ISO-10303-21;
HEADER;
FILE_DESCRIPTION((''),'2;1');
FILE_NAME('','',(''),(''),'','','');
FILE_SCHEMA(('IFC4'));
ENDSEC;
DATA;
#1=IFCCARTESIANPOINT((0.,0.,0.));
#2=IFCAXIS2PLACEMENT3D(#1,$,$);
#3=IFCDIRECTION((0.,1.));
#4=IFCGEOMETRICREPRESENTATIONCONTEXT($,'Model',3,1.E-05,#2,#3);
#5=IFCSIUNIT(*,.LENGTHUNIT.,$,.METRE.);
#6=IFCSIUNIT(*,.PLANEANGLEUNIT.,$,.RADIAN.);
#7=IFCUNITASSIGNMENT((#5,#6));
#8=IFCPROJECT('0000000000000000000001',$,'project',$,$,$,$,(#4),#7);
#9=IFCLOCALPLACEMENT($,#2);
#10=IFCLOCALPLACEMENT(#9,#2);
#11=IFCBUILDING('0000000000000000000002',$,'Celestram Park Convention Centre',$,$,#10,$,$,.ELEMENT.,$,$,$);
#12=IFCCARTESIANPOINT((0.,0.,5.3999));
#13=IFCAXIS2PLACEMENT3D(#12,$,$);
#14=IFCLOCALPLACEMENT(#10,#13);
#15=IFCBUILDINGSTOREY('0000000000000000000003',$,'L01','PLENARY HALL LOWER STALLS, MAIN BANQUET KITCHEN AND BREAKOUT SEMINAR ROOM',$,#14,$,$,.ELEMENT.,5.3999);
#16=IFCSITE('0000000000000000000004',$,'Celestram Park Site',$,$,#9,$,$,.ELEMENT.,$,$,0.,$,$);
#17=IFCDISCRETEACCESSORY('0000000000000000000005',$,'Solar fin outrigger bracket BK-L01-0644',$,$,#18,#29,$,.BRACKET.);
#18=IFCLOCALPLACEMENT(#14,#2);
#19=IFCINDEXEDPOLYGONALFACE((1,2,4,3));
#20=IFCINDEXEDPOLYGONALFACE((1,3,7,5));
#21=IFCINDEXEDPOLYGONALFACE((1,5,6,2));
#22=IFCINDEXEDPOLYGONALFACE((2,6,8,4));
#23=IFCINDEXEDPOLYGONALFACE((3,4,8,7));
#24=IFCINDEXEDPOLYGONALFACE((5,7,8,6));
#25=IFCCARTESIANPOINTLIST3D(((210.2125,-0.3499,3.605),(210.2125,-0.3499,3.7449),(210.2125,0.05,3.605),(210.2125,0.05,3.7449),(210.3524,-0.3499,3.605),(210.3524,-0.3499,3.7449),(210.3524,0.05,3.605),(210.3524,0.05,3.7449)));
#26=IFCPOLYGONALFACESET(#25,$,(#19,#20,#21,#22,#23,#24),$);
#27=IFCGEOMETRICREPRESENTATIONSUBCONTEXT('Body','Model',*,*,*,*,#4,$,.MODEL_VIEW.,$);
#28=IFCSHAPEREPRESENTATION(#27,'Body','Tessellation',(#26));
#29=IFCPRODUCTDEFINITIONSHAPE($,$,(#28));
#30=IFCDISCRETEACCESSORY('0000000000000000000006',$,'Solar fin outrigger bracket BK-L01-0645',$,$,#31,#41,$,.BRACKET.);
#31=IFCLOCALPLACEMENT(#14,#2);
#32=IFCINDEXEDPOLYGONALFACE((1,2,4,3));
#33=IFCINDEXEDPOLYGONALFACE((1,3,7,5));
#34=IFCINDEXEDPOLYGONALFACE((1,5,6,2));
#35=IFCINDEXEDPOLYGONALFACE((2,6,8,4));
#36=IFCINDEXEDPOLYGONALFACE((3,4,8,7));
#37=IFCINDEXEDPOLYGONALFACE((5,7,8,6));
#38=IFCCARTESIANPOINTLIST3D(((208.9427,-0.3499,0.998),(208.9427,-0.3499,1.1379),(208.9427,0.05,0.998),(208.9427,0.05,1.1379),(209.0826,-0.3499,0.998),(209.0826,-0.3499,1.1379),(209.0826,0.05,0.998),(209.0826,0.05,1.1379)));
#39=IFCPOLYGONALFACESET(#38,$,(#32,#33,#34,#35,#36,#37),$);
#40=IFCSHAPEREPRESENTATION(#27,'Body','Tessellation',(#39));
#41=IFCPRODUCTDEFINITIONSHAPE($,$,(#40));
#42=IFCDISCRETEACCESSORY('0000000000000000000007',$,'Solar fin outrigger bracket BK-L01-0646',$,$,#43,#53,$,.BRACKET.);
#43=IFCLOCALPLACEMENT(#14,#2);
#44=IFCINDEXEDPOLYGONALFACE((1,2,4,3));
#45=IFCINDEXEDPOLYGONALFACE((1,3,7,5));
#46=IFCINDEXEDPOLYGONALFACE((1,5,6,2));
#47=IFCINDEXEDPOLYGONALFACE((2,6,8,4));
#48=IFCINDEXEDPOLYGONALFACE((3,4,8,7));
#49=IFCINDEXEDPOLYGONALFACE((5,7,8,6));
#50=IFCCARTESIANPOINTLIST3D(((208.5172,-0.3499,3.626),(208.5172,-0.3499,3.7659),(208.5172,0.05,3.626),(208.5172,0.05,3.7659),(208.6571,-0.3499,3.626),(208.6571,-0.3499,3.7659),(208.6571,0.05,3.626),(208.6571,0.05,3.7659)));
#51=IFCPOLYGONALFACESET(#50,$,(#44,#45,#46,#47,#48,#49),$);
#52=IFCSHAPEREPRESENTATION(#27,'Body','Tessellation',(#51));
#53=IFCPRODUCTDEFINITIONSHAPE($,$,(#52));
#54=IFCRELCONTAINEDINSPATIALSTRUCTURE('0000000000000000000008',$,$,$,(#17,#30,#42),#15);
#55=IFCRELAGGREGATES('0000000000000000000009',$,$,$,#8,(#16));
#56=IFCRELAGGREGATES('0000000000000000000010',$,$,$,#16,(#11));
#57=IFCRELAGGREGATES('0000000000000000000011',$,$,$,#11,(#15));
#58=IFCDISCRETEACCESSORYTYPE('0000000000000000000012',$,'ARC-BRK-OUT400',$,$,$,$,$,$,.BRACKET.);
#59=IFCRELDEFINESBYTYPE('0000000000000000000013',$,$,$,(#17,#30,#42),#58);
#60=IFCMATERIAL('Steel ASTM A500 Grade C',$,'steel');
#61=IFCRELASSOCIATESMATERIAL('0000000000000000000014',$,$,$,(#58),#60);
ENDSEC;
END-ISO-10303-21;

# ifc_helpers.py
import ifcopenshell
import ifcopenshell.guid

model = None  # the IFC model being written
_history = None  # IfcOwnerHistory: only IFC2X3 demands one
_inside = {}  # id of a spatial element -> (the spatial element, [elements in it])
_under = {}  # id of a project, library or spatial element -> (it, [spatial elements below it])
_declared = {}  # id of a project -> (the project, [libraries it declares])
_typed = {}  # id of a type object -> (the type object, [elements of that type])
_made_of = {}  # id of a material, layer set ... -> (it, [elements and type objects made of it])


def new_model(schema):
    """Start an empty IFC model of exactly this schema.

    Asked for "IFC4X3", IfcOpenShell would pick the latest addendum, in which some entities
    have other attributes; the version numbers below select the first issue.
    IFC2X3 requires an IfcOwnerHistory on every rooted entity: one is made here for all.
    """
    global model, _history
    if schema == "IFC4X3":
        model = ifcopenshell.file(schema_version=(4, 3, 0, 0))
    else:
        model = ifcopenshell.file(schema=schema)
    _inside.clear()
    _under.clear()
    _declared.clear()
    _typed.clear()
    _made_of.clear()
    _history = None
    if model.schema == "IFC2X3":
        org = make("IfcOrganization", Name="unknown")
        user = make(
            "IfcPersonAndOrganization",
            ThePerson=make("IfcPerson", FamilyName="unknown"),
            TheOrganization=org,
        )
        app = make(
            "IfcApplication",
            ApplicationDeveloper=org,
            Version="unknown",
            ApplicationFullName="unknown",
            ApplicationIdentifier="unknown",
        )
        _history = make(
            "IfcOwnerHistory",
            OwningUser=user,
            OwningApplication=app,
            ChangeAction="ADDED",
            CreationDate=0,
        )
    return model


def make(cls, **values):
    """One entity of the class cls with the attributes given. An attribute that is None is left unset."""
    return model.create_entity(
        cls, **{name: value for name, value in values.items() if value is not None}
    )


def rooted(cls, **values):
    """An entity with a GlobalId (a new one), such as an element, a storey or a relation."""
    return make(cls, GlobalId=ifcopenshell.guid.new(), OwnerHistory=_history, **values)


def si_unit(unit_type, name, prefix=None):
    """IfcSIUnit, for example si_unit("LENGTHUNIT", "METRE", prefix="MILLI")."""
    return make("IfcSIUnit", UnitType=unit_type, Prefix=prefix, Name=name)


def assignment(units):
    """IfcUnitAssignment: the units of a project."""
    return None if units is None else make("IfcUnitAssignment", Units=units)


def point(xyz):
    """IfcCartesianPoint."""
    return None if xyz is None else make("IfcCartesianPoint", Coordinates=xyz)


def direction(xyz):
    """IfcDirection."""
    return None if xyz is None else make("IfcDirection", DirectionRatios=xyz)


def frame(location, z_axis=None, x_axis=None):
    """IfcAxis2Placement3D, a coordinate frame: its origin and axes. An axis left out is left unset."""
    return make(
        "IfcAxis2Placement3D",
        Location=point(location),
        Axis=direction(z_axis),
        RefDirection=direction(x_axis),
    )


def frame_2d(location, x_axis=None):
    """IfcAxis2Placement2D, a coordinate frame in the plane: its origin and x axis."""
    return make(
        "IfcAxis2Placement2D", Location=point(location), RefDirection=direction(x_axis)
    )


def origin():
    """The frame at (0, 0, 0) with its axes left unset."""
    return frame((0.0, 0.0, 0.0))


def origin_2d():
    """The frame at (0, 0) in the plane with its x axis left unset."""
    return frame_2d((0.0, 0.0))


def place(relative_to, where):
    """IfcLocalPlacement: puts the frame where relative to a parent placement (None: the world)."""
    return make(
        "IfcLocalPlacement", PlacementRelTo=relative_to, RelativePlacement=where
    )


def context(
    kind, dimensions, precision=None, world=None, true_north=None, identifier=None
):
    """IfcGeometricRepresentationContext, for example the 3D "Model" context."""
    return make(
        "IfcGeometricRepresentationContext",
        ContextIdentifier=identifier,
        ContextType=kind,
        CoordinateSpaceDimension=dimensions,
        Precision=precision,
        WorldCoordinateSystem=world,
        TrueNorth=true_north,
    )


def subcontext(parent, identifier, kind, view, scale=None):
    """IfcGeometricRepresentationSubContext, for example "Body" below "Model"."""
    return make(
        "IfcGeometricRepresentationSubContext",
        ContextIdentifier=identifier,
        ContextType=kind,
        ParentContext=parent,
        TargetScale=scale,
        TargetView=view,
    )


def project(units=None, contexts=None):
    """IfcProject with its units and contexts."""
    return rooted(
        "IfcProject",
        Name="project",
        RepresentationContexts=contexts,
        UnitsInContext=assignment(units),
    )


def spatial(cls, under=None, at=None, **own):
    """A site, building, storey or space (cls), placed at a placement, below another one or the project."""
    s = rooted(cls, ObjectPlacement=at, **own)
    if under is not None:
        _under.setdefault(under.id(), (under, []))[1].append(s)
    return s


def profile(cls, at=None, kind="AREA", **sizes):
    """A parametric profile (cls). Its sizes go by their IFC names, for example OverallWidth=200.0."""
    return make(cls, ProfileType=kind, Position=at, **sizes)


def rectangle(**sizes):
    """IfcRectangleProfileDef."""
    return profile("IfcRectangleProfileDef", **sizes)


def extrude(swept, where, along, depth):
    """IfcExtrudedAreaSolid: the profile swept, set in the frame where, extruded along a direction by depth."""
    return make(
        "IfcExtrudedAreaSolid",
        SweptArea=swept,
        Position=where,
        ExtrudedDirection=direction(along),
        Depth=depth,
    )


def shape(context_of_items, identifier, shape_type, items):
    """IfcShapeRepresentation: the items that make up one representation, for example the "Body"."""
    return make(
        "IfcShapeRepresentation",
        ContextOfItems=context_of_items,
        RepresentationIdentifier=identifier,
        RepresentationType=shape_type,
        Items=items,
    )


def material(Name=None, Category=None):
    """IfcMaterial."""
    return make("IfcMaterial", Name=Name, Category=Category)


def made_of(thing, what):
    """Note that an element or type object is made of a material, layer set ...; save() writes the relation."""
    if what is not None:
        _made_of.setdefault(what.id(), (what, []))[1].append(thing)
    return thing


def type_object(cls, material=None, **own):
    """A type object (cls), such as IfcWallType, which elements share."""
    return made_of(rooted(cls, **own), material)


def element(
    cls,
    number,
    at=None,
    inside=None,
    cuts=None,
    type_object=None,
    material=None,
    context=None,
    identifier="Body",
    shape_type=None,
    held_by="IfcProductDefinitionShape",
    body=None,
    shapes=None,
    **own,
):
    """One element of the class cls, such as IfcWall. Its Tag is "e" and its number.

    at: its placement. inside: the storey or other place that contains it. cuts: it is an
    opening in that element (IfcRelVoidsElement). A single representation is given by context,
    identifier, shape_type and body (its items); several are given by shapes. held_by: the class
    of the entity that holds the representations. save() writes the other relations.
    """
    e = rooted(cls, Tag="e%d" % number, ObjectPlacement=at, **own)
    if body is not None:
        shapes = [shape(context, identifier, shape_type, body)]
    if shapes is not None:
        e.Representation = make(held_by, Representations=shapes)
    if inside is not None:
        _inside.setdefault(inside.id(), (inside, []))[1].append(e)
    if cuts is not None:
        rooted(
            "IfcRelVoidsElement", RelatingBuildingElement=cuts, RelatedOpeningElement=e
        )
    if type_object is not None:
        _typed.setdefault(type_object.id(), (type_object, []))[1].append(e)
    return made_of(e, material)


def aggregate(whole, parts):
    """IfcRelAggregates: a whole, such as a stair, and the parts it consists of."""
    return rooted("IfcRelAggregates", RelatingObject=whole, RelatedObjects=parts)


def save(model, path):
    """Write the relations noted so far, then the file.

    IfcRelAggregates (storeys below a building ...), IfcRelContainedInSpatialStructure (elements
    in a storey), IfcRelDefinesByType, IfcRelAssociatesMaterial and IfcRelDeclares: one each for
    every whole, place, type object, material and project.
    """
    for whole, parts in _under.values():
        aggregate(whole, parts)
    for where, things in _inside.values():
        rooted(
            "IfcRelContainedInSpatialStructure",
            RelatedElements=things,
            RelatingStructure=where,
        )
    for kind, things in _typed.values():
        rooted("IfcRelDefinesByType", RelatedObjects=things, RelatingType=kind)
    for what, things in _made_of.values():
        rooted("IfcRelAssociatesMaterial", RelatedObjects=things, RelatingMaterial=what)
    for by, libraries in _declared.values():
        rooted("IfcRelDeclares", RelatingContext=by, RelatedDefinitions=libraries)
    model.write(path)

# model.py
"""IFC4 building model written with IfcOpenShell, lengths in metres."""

from ifc_helpers import new_model, si_unit, direction, frame, origin, origin_2d, place, context, subcontext, project, spatial, rectangle, extrude, material, type_object, element, save


model = new_model("IFC4")

# Units and contexts
model_context = context("Model", 3, precision=1e-05, world=origin(), true_north=direction((0.0, 1.0)))
body_context = subcontext(model_context, "Body", "Model", "MODEL_VIEW")
ifc_project = project(units=[si_unit("LENGTHUNIT", "METRE"), si_unit("PLANEANGLEUNIT", "RADIAN")], contexts=[model_context])

# Site, building, storey
site_placement = place(None, origin())
site = spatial("IfcSite", under=ifc_project, at=site_placement, Name="Celestram Park Site", CompositionType="ELEMENT", RefElevation=0.0)
building_placement = place(site_placement, origin())
building = spatial("IfcBuilding", under=site, at=building_placement, Name="Celestram Park Convention Centre", CompositionType="ELEMENT")
storey_placement = place(building_placement, frame((0.0, 0.0, 5.3999)))
storey = spatial("IfcBuildingStorey", under=building, at=storey_placement, Name="L01", Description="PLENARY HALL LOWER STALLS, MAIN BANQUET KITCHEN AND BREAKOUT SEMINAR ROOM", CompositionType="ELEMENT", Elevation=5.3999)

# Discrete accessories
ifc_material_1 = material(Name="Steel ASTM A500 Grade C", Category="steel")
discrete_accessory_type = type_object("IfcDiscreteAccessoryType", Name="ARC-BRK-OUT400", PredefinedType="BRACKET", material=ifc_material_1)
for number, where, z_axis, x_axis, name in (
    (1, (210.2825, -0.1499, 3.605), (0.0, 0.0, 1.0), (0.0, -1.0, 0.0), "Solar fin outrigger bracket BK-L01-0644"),
    (2, (209.0127, -0.1499, 0.998), (0.0, 0.0, 1.0), (0.0, -1.0, 0.0), "Solar fin outrigger bracket BK-L01-0645"),
    (3, (208.5872, -0.1499, 3.626), (0.0, 0.0, 1.0), (0.0, -1.0, 0.0), "Solar fin outrigger bracket BK-L01-0646"),
):
    element("IfcDiscreteAccessory", number, at=place(storey_placement, frame(where, z_axis=z_axis, x_axis=x_axis)), inside=storey, type_object=discrete_accessory_type, Name=name, PredefinedType="BRACKET", context=body_context, shape_type="SweptSolid", body=[
        extrude(rectangle(XDim=0.3999, YDim=0.1399, at=origin_2d()), origin(), (0.0, 0.0, 1.0), 0.1399),
    ])

save(model, "model.ifc")
